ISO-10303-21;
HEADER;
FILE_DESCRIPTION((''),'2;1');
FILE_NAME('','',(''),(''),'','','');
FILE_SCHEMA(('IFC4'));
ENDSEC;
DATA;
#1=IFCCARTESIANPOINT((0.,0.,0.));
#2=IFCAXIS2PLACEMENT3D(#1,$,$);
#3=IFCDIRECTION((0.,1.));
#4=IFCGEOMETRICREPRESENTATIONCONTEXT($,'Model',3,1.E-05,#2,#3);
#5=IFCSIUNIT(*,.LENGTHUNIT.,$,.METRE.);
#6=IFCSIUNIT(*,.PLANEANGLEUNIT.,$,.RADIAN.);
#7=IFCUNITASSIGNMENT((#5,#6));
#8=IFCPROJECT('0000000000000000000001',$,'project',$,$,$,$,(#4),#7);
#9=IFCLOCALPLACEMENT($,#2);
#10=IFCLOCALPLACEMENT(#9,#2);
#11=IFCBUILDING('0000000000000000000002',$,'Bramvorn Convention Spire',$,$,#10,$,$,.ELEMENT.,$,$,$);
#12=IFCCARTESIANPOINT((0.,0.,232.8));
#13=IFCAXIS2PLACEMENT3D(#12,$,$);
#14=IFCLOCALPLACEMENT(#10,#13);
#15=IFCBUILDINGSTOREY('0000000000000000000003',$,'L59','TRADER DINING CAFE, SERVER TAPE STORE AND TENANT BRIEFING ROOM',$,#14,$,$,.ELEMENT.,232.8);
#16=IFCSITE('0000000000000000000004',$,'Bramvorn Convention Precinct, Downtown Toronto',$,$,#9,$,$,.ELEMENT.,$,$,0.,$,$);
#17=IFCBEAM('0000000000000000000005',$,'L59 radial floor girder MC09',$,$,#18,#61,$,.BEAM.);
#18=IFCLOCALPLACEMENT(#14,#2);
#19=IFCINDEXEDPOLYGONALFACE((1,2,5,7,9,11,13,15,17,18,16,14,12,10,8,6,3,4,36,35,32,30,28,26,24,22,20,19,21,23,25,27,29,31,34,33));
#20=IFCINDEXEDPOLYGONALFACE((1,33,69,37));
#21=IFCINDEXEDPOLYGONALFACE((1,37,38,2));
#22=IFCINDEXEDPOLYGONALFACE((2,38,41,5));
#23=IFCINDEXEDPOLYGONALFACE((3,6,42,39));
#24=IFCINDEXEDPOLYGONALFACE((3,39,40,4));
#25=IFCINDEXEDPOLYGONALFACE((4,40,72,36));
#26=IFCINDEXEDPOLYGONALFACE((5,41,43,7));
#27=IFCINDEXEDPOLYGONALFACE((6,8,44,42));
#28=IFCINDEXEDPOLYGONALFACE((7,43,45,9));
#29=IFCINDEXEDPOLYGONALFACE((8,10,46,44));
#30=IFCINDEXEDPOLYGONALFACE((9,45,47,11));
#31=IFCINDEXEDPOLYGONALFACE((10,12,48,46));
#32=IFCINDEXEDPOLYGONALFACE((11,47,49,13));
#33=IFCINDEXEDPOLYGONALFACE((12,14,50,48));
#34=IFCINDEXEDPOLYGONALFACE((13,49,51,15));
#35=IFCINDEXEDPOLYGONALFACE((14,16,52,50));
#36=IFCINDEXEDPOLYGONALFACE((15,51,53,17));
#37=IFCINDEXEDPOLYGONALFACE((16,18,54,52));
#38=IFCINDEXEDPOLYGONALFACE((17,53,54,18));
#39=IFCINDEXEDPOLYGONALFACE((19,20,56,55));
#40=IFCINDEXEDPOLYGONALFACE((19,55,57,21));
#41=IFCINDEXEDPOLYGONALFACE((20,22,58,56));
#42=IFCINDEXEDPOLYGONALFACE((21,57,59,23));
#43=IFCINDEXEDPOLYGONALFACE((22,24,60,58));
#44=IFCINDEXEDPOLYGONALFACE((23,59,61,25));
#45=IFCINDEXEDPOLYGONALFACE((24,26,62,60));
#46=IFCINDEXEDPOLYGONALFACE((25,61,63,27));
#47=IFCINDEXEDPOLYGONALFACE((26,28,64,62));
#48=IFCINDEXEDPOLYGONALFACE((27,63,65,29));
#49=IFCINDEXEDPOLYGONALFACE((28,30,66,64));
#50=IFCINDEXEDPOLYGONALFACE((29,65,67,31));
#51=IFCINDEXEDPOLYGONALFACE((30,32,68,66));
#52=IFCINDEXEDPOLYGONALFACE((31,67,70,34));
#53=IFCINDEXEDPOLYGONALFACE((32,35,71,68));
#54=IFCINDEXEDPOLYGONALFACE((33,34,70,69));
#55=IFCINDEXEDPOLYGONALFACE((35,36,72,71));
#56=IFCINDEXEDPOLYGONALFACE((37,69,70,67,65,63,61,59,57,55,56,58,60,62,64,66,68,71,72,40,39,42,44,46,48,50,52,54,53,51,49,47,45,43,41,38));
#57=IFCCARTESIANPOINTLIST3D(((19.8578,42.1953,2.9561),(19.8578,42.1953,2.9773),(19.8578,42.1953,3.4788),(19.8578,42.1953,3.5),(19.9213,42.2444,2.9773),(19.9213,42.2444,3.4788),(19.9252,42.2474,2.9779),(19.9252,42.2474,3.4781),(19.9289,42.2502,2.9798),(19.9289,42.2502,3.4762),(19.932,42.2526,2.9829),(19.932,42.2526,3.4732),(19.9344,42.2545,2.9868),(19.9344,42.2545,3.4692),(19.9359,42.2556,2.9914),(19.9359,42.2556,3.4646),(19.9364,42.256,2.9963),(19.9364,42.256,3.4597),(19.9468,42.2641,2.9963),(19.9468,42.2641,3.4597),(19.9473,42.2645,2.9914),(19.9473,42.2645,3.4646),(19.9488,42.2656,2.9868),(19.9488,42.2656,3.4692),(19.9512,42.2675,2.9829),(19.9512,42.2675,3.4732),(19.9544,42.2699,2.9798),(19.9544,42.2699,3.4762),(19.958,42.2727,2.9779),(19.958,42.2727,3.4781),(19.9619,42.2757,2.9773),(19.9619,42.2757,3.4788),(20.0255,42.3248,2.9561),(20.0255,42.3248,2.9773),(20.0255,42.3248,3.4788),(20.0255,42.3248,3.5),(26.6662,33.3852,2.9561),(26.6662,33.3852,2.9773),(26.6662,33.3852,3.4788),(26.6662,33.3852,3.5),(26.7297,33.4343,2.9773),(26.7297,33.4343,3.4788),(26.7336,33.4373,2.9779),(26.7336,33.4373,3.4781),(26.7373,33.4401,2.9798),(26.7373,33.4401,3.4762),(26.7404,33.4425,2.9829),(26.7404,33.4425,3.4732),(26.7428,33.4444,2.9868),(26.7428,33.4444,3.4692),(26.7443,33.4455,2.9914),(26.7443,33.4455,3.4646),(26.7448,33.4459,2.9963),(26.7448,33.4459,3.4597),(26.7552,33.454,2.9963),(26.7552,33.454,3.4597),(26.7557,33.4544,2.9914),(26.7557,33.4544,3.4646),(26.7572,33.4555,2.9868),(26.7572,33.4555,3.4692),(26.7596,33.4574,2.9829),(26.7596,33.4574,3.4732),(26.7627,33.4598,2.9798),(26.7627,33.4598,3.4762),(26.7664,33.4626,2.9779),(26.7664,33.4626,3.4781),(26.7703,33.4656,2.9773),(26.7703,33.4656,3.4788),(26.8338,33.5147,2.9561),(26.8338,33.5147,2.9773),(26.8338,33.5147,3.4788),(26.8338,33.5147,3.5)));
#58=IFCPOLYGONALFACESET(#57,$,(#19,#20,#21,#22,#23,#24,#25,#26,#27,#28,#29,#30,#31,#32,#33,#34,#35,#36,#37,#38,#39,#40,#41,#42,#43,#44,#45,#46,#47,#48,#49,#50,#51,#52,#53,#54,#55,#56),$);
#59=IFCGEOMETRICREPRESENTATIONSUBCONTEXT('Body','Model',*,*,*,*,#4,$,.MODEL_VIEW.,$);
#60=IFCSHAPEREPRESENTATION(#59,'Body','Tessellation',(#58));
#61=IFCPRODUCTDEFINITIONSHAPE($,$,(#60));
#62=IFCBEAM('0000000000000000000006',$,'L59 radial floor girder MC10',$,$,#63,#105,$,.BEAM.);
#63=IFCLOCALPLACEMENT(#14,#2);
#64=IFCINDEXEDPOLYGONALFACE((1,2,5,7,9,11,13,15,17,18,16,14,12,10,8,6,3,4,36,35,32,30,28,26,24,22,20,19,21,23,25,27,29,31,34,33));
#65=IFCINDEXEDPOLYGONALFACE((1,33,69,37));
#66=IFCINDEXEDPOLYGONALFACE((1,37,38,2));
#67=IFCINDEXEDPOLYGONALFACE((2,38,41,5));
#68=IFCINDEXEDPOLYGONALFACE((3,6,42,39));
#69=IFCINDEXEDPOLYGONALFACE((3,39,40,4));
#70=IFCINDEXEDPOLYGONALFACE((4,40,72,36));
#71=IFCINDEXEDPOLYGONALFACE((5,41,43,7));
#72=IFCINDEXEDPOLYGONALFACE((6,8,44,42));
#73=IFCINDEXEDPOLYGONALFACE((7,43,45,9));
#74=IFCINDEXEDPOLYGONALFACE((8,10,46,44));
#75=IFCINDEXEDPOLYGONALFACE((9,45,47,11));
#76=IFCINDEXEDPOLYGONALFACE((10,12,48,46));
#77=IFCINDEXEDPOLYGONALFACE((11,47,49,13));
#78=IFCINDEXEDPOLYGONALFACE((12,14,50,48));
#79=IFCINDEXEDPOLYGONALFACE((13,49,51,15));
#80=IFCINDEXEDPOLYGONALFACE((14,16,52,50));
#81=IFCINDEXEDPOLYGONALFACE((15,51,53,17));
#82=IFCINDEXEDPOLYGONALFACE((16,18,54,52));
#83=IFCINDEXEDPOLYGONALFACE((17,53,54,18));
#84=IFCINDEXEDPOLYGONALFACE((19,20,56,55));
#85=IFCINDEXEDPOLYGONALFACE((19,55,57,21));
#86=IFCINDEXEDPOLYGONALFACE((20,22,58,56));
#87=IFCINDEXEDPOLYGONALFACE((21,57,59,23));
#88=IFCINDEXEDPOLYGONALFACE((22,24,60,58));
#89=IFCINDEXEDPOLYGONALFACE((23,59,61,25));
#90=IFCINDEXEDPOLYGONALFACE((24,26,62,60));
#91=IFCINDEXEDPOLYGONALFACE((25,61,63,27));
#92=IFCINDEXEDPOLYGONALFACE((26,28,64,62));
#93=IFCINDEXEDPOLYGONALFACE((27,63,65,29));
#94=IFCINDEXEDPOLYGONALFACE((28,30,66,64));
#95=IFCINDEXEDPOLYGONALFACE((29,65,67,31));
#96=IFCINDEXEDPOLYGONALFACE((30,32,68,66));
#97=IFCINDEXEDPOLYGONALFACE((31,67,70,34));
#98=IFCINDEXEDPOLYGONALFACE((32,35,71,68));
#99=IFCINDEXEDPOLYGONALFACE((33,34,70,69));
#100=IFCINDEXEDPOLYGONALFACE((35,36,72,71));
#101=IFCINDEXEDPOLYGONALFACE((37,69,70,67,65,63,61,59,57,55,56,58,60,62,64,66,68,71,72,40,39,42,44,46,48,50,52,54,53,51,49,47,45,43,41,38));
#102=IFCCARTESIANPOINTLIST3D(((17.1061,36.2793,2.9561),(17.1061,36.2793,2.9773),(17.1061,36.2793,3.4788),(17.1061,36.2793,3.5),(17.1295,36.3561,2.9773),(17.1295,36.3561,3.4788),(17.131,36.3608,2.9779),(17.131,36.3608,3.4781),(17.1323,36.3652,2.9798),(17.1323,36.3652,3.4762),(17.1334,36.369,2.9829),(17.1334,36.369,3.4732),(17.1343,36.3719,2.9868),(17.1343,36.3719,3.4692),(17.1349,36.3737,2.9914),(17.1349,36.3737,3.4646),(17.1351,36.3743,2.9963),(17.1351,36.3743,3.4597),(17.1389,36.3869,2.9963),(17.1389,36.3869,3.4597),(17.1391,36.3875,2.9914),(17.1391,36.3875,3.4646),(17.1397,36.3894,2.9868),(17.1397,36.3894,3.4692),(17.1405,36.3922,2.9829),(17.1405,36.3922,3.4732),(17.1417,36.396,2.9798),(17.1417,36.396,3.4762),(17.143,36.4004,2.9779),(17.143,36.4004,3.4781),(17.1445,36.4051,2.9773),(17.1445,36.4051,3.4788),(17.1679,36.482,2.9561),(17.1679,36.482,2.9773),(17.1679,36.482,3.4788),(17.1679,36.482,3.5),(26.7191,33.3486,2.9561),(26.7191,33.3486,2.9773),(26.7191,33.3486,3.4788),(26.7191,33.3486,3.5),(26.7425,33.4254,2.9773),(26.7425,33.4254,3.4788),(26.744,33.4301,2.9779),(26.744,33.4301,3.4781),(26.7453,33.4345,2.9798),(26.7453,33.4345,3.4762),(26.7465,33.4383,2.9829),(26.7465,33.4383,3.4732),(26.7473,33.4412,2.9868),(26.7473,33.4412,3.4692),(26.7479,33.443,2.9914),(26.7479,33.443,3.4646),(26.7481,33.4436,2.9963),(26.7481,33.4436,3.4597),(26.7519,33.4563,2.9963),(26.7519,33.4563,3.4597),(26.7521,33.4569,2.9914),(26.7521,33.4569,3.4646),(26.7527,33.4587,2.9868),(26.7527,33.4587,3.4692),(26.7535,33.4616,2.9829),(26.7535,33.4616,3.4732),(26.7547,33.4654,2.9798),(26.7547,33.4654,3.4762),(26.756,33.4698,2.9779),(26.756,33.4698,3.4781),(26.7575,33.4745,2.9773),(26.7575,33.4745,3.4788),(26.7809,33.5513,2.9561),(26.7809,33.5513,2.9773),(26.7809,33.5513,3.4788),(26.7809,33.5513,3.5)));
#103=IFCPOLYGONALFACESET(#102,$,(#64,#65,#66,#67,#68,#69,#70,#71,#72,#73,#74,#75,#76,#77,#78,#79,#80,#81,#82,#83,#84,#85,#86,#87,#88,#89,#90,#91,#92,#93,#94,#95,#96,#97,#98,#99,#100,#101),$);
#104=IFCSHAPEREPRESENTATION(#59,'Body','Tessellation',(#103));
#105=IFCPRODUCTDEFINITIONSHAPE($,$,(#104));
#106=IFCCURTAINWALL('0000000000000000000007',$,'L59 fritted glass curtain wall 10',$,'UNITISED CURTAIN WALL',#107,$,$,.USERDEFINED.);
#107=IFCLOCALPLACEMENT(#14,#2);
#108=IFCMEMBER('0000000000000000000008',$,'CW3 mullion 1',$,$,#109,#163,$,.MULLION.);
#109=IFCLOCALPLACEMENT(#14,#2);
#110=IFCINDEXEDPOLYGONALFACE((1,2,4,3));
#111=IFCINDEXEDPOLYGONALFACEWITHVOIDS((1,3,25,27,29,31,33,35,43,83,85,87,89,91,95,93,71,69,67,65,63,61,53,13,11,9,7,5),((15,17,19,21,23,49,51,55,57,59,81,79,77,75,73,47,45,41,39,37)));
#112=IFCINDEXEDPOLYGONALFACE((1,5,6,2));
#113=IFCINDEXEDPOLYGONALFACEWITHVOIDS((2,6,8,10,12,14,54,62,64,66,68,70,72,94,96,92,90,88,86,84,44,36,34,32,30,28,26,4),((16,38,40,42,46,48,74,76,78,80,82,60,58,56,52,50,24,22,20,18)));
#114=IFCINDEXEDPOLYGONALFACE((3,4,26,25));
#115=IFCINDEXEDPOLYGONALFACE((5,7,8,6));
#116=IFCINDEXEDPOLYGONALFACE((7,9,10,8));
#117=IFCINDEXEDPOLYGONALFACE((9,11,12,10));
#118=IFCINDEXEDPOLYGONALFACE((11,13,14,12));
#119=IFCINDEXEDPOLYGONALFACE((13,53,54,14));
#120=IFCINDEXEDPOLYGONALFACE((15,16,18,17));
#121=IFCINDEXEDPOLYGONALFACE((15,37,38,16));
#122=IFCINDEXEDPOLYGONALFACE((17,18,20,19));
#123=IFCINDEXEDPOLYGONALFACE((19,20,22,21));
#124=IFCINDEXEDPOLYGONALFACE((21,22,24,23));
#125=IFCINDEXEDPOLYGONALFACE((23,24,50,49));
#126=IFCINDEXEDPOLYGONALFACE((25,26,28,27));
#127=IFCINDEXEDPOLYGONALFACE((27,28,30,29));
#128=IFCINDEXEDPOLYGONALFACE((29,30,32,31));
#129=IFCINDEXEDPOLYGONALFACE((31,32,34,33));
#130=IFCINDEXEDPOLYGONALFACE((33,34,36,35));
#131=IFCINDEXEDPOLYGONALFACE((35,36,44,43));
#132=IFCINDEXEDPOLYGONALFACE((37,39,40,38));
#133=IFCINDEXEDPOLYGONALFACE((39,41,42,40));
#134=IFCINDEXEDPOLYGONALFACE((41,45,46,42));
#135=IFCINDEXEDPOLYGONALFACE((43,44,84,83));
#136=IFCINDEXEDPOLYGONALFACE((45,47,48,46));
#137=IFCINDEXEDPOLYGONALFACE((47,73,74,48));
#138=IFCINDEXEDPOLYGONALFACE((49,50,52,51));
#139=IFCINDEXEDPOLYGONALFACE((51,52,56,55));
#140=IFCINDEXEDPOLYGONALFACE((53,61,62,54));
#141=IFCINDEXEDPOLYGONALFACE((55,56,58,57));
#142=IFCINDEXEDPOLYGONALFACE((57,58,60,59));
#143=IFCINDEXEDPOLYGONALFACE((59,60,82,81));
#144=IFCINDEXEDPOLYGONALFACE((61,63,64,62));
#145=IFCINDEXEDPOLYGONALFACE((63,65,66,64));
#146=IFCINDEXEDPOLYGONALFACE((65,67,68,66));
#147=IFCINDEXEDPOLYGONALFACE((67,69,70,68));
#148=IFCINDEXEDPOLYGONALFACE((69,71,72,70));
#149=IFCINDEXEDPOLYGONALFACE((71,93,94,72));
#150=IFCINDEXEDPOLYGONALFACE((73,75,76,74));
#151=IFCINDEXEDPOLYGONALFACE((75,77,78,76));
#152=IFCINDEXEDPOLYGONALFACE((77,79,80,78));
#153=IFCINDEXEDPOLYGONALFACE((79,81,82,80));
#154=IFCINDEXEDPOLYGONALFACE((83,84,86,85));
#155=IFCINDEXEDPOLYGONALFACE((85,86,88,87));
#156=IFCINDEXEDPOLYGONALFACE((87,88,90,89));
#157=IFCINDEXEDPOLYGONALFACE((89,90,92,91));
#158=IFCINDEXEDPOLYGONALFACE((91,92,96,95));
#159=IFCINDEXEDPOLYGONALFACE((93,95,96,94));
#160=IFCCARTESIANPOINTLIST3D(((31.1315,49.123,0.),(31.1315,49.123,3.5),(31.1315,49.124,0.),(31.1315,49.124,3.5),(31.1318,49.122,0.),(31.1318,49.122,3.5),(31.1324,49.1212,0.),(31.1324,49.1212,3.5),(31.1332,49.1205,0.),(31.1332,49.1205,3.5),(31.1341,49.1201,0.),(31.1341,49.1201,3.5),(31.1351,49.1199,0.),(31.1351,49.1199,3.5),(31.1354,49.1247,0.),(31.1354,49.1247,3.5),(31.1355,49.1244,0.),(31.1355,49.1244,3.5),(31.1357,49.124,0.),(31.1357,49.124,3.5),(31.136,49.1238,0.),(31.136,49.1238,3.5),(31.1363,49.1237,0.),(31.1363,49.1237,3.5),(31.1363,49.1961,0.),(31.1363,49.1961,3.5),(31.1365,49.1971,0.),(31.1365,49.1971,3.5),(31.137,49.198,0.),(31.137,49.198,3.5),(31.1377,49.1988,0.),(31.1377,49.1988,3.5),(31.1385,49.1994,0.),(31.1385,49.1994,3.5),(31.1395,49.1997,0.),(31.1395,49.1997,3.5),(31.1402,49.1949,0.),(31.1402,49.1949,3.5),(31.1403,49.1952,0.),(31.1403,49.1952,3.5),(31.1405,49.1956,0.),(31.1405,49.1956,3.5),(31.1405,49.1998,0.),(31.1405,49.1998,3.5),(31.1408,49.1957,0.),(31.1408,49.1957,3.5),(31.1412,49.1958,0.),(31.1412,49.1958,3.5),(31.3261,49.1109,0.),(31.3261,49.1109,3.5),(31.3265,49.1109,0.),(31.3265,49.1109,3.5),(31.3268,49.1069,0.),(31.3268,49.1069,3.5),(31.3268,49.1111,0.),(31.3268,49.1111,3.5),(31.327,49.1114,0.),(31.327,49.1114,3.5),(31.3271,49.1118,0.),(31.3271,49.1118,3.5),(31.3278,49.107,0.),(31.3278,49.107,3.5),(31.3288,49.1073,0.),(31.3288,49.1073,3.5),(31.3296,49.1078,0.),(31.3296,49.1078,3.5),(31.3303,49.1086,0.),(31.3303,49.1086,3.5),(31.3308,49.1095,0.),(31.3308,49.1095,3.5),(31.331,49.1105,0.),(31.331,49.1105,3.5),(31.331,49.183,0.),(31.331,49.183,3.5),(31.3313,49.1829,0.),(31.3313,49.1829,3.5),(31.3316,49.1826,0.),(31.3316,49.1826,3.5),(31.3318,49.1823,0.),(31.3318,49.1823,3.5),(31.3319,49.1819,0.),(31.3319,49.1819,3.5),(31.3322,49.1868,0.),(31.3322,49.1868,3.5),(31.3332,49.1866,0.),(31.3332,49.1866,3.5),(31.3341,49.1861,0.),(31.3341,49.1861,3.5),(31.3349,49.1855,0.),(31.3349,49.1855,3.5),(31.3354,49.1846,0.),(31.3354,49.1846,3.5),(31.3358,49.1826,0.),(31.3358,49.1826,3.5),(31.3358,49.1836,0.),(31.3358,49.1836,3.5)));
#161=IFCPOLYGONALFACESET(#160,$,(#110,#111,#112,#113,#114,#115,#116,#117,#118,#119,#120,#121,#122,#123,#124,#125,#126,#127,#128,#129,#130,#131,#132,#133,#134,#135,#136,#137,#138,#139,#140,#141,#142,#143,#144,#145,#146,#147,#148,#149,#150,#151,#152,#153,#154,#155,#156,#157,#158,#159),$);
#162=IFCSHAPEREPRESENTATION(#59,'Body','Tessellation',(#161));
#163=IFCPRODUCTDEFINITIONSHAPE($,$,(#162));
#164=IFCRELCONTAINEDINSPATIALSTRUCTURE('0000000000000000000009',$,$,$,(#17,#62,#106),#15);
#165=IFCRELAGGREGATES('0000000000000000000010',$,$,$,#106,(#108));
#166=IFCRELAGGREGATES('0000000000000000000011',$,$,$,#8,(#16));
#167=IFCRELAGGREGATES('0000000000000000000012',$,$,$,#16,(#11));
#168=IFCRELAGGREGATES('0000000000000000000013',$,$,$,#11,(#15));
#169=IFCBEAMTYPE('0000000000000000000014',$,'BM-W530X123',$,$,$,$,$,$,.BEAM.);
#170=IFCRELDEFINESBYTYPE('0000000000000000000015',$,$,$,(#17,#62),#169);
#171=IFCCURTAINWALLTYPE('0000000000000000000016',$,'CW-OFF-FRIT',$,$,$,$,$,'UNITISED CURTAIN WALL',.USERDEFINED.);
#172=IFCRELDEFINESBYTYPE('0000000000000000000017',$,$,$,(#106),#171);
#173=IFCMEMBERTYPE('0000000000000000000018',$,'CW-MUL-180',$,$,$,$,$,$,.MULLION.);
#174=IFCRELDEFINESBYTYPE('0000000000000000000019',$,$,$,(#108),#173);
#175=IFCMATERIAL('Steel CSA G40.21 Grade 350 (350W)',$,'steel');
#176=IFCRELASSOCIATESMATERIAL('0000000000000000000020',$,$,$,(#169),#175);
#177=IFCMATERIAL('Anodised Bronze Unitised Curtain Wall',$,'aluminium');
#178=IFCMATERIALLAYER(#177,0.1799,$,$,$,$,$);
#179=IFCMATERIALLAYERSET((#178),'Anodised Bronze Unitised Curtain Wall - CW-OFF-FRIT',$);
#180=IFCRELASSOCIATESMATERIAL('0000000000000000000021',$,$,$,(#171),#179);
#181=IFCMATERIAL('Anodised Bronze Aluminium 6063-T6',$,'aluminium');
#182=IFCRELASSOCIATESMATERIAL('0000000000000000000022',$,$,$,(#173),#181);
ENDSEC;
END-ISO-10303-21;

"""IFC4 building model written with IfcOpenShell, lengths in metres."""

from ifc_helpers import new_model, si_unit, direction, frame, origin, origin_2d, place, context, subcontext, project, spatial, hollow_rectangle, i_section, extrude, material, layer, layer_set, material_profile, profile_set, type_object, element, aggregate, save


model = new_model("IFC4")

# Units and contexts
model_context = context("Model", 3, precision=1e-05, world=origin(), true_north=direction((0.0, 1.0)))
body_context = subcontext(model_context, "Body", "Model", "MODEL_VIEW")
ifc_project = project(units=[si_unit("LENGTHUNIT", "METRE"), si_unit("PLANEANGLEUNIT", "RADIAN")], contexts=[model_context])

# Site, building, storey
site_placement = place(None, origin())
site = spatial("IfcSite", under=ifc_project, at=site_placement, Name="Bramvorn Convention Precinct, Downtown Toronto", CompositionType="ELEMENT", RefElevation=0.0)
building_placement = place(site_placement, origin())
building = spatial("IfcBuilding", under=site, at=building_placement, Name="Bramvorn Convention Spire", CompositionType="ELEMENT")
storey_placement = place(building_placement, frame((0.0, 0.0, 232.8)))
storey = spatial("IfcBuildingStorey", under=building, at=storey_placement, Name="L59", Description="TRADER DINING CAFE, SERVER TAPE STORE AND TENANT BRIEFING ROOM", CompositionType="ELEMENT", Elevation=232.8)

# Shared definitions
ifc_material_1 = material(Name="Steel CSA G40.21 Grade 350 (350W)", Category="steel")

# Beams
ifc_material_profile_1 = material_profile(ifc_material_1, i_section(OverallWidth=0.2119, OverallDepth=0.5439, WebThickness=0.0132, FlangeThickness=0.0212, FilletRadius=0.019, at=origin_2d()))
ifc_profile_set_1 = profile_set([ifc_material_profile_1], Name="Steel CSA G40.21 Grade 350 (350W) - W530X123")
beam_type_1 = type_object("IfcBeamType", Name="BM-W530X123", PredefinedType="BEAM", material=ifc_profile_set_1)
beam_1_placement = place(storey_placement, frame((26.75, 33.45, 3.228), z_axis=(-0.61148, 0.79126, 0.0), x_axis=(-0.79126, -0.61148, 0.0)))
element("IfcBeam", 1, at=beam_1_placement, inside=storey, type_object=beam_type_1, Name="L59 radial floor girder MC09", PredefinedType="BEAM", context=body_context, shape_type="SweptSolid", body=[
    extrude(i_section(OverallWidth=0.2119, OverallDepth=0.5439, WebThickness=0.0132, FlangeThickness=0.0212, FilletRadius=0.019, at=origin_2d()), origin(), (0.0, 0.0, 1.0), 11.1343),
])
beam_2_placement = place(storey_placement, frame((26.75, 33.45, 3.228), z_axis=(-0.956536, 0.291613, 0.0), x_axis=(-0.291613, -0.956536, 0.0)))
element("IfcBeam", 2, at=beam_2_placement, inside=storey, type_object=beam_type_1, Name="L59 radial floor girder MC10", PredefinedType="BEAM", context=body_context, shape_type="SweptSolid", body=[
    extrude(i_section(OverallWidth=0.2119, OverallDepth=0.5439, WebThickness=0.0132, FlangeThickness=0.0212, FilletRadius=0.019, at=origin_2d()), origin(), (0.0, 0.0, 1.0), 10.0498),
])

# Curtain wall, member
ifc_material_2 = material(Name="Anodised Bronze Unitised Curtain Wall", Category="aluminium")
ifc_layer_1 = layer(ifc_material_2, 0.1799)
ifc_layer_set_1 = layer_set([ifc_layer_1], Name="Anodised Bronze Unitised Curtain Wall - CW-OFF-FRIT")
curtain_wall_type = type_object("IfcCurtainWallType", Name="CW-OFF-FRIT", ElementType="UNITISED CURTAIN WALL", PredefinedType="USERDEFINED", material=ifc_layer_set_1)
curtain_wall_placement = place(storey_placement, origin())
curtain_wall = element("IfcCurtainWall", 3, at=curtain_wall_placement, inside=storey, type_object=curtain_wall_type, Name="L59 fritted glass curtain wall 10", ObjectType="UNITISED CURTAIN WALL", PredefinedType="USERDEFINED")
ifc_material_3 = material(Name="Anodised Bronze Aluminium 6063-T6", Category="aluminium")
ifc_material_profile_2 = material_profile(ifc_material_3, hollow_rectangle(XDim=0.0801, YDim=0.2, WallThickness=0.0039, InnerFilletRadius=0.001, OuterFilletRadius=0.0039, at=origin_2d()))
ifc_profile_set_2 = profile_set([ifc_material_profile_2], Name="Anodised Bronze Aluminium 6063-T6 - CWM80X200")
member_type_1 = type_object("IfcMemberType", Name="CW-MUL-180", PredefinedType="MULLION", material=ifc_profile_set_2)
member_1_placement = place(storey_placement, frame((31.2336, 49.1533, 0.0), z_axis=(0.0, 0.0, 1.0), x_axis=(0.067503, 0.997719, 0.0)))
member_1 = element("IfcMember", 4, at=member_1_placement, type_object=member_type_1, Name="CW3 mullion 1", PredefinedType="MULLION", context=body_context, shape_type="SweptSolid", body=[
    extrude(hollow_rectangle(XDim=0.0801, YDim=0.2, WallThickness=0.0039, InnerFilletRadius=0.001, OuterFilletRadius=0.0039, at=origin_2d()), origin(), (0.0, 0.0, 1.0), 3.5),
])
aggregate(curtain_wall, [member_1])

save(model, "model.ifc")
